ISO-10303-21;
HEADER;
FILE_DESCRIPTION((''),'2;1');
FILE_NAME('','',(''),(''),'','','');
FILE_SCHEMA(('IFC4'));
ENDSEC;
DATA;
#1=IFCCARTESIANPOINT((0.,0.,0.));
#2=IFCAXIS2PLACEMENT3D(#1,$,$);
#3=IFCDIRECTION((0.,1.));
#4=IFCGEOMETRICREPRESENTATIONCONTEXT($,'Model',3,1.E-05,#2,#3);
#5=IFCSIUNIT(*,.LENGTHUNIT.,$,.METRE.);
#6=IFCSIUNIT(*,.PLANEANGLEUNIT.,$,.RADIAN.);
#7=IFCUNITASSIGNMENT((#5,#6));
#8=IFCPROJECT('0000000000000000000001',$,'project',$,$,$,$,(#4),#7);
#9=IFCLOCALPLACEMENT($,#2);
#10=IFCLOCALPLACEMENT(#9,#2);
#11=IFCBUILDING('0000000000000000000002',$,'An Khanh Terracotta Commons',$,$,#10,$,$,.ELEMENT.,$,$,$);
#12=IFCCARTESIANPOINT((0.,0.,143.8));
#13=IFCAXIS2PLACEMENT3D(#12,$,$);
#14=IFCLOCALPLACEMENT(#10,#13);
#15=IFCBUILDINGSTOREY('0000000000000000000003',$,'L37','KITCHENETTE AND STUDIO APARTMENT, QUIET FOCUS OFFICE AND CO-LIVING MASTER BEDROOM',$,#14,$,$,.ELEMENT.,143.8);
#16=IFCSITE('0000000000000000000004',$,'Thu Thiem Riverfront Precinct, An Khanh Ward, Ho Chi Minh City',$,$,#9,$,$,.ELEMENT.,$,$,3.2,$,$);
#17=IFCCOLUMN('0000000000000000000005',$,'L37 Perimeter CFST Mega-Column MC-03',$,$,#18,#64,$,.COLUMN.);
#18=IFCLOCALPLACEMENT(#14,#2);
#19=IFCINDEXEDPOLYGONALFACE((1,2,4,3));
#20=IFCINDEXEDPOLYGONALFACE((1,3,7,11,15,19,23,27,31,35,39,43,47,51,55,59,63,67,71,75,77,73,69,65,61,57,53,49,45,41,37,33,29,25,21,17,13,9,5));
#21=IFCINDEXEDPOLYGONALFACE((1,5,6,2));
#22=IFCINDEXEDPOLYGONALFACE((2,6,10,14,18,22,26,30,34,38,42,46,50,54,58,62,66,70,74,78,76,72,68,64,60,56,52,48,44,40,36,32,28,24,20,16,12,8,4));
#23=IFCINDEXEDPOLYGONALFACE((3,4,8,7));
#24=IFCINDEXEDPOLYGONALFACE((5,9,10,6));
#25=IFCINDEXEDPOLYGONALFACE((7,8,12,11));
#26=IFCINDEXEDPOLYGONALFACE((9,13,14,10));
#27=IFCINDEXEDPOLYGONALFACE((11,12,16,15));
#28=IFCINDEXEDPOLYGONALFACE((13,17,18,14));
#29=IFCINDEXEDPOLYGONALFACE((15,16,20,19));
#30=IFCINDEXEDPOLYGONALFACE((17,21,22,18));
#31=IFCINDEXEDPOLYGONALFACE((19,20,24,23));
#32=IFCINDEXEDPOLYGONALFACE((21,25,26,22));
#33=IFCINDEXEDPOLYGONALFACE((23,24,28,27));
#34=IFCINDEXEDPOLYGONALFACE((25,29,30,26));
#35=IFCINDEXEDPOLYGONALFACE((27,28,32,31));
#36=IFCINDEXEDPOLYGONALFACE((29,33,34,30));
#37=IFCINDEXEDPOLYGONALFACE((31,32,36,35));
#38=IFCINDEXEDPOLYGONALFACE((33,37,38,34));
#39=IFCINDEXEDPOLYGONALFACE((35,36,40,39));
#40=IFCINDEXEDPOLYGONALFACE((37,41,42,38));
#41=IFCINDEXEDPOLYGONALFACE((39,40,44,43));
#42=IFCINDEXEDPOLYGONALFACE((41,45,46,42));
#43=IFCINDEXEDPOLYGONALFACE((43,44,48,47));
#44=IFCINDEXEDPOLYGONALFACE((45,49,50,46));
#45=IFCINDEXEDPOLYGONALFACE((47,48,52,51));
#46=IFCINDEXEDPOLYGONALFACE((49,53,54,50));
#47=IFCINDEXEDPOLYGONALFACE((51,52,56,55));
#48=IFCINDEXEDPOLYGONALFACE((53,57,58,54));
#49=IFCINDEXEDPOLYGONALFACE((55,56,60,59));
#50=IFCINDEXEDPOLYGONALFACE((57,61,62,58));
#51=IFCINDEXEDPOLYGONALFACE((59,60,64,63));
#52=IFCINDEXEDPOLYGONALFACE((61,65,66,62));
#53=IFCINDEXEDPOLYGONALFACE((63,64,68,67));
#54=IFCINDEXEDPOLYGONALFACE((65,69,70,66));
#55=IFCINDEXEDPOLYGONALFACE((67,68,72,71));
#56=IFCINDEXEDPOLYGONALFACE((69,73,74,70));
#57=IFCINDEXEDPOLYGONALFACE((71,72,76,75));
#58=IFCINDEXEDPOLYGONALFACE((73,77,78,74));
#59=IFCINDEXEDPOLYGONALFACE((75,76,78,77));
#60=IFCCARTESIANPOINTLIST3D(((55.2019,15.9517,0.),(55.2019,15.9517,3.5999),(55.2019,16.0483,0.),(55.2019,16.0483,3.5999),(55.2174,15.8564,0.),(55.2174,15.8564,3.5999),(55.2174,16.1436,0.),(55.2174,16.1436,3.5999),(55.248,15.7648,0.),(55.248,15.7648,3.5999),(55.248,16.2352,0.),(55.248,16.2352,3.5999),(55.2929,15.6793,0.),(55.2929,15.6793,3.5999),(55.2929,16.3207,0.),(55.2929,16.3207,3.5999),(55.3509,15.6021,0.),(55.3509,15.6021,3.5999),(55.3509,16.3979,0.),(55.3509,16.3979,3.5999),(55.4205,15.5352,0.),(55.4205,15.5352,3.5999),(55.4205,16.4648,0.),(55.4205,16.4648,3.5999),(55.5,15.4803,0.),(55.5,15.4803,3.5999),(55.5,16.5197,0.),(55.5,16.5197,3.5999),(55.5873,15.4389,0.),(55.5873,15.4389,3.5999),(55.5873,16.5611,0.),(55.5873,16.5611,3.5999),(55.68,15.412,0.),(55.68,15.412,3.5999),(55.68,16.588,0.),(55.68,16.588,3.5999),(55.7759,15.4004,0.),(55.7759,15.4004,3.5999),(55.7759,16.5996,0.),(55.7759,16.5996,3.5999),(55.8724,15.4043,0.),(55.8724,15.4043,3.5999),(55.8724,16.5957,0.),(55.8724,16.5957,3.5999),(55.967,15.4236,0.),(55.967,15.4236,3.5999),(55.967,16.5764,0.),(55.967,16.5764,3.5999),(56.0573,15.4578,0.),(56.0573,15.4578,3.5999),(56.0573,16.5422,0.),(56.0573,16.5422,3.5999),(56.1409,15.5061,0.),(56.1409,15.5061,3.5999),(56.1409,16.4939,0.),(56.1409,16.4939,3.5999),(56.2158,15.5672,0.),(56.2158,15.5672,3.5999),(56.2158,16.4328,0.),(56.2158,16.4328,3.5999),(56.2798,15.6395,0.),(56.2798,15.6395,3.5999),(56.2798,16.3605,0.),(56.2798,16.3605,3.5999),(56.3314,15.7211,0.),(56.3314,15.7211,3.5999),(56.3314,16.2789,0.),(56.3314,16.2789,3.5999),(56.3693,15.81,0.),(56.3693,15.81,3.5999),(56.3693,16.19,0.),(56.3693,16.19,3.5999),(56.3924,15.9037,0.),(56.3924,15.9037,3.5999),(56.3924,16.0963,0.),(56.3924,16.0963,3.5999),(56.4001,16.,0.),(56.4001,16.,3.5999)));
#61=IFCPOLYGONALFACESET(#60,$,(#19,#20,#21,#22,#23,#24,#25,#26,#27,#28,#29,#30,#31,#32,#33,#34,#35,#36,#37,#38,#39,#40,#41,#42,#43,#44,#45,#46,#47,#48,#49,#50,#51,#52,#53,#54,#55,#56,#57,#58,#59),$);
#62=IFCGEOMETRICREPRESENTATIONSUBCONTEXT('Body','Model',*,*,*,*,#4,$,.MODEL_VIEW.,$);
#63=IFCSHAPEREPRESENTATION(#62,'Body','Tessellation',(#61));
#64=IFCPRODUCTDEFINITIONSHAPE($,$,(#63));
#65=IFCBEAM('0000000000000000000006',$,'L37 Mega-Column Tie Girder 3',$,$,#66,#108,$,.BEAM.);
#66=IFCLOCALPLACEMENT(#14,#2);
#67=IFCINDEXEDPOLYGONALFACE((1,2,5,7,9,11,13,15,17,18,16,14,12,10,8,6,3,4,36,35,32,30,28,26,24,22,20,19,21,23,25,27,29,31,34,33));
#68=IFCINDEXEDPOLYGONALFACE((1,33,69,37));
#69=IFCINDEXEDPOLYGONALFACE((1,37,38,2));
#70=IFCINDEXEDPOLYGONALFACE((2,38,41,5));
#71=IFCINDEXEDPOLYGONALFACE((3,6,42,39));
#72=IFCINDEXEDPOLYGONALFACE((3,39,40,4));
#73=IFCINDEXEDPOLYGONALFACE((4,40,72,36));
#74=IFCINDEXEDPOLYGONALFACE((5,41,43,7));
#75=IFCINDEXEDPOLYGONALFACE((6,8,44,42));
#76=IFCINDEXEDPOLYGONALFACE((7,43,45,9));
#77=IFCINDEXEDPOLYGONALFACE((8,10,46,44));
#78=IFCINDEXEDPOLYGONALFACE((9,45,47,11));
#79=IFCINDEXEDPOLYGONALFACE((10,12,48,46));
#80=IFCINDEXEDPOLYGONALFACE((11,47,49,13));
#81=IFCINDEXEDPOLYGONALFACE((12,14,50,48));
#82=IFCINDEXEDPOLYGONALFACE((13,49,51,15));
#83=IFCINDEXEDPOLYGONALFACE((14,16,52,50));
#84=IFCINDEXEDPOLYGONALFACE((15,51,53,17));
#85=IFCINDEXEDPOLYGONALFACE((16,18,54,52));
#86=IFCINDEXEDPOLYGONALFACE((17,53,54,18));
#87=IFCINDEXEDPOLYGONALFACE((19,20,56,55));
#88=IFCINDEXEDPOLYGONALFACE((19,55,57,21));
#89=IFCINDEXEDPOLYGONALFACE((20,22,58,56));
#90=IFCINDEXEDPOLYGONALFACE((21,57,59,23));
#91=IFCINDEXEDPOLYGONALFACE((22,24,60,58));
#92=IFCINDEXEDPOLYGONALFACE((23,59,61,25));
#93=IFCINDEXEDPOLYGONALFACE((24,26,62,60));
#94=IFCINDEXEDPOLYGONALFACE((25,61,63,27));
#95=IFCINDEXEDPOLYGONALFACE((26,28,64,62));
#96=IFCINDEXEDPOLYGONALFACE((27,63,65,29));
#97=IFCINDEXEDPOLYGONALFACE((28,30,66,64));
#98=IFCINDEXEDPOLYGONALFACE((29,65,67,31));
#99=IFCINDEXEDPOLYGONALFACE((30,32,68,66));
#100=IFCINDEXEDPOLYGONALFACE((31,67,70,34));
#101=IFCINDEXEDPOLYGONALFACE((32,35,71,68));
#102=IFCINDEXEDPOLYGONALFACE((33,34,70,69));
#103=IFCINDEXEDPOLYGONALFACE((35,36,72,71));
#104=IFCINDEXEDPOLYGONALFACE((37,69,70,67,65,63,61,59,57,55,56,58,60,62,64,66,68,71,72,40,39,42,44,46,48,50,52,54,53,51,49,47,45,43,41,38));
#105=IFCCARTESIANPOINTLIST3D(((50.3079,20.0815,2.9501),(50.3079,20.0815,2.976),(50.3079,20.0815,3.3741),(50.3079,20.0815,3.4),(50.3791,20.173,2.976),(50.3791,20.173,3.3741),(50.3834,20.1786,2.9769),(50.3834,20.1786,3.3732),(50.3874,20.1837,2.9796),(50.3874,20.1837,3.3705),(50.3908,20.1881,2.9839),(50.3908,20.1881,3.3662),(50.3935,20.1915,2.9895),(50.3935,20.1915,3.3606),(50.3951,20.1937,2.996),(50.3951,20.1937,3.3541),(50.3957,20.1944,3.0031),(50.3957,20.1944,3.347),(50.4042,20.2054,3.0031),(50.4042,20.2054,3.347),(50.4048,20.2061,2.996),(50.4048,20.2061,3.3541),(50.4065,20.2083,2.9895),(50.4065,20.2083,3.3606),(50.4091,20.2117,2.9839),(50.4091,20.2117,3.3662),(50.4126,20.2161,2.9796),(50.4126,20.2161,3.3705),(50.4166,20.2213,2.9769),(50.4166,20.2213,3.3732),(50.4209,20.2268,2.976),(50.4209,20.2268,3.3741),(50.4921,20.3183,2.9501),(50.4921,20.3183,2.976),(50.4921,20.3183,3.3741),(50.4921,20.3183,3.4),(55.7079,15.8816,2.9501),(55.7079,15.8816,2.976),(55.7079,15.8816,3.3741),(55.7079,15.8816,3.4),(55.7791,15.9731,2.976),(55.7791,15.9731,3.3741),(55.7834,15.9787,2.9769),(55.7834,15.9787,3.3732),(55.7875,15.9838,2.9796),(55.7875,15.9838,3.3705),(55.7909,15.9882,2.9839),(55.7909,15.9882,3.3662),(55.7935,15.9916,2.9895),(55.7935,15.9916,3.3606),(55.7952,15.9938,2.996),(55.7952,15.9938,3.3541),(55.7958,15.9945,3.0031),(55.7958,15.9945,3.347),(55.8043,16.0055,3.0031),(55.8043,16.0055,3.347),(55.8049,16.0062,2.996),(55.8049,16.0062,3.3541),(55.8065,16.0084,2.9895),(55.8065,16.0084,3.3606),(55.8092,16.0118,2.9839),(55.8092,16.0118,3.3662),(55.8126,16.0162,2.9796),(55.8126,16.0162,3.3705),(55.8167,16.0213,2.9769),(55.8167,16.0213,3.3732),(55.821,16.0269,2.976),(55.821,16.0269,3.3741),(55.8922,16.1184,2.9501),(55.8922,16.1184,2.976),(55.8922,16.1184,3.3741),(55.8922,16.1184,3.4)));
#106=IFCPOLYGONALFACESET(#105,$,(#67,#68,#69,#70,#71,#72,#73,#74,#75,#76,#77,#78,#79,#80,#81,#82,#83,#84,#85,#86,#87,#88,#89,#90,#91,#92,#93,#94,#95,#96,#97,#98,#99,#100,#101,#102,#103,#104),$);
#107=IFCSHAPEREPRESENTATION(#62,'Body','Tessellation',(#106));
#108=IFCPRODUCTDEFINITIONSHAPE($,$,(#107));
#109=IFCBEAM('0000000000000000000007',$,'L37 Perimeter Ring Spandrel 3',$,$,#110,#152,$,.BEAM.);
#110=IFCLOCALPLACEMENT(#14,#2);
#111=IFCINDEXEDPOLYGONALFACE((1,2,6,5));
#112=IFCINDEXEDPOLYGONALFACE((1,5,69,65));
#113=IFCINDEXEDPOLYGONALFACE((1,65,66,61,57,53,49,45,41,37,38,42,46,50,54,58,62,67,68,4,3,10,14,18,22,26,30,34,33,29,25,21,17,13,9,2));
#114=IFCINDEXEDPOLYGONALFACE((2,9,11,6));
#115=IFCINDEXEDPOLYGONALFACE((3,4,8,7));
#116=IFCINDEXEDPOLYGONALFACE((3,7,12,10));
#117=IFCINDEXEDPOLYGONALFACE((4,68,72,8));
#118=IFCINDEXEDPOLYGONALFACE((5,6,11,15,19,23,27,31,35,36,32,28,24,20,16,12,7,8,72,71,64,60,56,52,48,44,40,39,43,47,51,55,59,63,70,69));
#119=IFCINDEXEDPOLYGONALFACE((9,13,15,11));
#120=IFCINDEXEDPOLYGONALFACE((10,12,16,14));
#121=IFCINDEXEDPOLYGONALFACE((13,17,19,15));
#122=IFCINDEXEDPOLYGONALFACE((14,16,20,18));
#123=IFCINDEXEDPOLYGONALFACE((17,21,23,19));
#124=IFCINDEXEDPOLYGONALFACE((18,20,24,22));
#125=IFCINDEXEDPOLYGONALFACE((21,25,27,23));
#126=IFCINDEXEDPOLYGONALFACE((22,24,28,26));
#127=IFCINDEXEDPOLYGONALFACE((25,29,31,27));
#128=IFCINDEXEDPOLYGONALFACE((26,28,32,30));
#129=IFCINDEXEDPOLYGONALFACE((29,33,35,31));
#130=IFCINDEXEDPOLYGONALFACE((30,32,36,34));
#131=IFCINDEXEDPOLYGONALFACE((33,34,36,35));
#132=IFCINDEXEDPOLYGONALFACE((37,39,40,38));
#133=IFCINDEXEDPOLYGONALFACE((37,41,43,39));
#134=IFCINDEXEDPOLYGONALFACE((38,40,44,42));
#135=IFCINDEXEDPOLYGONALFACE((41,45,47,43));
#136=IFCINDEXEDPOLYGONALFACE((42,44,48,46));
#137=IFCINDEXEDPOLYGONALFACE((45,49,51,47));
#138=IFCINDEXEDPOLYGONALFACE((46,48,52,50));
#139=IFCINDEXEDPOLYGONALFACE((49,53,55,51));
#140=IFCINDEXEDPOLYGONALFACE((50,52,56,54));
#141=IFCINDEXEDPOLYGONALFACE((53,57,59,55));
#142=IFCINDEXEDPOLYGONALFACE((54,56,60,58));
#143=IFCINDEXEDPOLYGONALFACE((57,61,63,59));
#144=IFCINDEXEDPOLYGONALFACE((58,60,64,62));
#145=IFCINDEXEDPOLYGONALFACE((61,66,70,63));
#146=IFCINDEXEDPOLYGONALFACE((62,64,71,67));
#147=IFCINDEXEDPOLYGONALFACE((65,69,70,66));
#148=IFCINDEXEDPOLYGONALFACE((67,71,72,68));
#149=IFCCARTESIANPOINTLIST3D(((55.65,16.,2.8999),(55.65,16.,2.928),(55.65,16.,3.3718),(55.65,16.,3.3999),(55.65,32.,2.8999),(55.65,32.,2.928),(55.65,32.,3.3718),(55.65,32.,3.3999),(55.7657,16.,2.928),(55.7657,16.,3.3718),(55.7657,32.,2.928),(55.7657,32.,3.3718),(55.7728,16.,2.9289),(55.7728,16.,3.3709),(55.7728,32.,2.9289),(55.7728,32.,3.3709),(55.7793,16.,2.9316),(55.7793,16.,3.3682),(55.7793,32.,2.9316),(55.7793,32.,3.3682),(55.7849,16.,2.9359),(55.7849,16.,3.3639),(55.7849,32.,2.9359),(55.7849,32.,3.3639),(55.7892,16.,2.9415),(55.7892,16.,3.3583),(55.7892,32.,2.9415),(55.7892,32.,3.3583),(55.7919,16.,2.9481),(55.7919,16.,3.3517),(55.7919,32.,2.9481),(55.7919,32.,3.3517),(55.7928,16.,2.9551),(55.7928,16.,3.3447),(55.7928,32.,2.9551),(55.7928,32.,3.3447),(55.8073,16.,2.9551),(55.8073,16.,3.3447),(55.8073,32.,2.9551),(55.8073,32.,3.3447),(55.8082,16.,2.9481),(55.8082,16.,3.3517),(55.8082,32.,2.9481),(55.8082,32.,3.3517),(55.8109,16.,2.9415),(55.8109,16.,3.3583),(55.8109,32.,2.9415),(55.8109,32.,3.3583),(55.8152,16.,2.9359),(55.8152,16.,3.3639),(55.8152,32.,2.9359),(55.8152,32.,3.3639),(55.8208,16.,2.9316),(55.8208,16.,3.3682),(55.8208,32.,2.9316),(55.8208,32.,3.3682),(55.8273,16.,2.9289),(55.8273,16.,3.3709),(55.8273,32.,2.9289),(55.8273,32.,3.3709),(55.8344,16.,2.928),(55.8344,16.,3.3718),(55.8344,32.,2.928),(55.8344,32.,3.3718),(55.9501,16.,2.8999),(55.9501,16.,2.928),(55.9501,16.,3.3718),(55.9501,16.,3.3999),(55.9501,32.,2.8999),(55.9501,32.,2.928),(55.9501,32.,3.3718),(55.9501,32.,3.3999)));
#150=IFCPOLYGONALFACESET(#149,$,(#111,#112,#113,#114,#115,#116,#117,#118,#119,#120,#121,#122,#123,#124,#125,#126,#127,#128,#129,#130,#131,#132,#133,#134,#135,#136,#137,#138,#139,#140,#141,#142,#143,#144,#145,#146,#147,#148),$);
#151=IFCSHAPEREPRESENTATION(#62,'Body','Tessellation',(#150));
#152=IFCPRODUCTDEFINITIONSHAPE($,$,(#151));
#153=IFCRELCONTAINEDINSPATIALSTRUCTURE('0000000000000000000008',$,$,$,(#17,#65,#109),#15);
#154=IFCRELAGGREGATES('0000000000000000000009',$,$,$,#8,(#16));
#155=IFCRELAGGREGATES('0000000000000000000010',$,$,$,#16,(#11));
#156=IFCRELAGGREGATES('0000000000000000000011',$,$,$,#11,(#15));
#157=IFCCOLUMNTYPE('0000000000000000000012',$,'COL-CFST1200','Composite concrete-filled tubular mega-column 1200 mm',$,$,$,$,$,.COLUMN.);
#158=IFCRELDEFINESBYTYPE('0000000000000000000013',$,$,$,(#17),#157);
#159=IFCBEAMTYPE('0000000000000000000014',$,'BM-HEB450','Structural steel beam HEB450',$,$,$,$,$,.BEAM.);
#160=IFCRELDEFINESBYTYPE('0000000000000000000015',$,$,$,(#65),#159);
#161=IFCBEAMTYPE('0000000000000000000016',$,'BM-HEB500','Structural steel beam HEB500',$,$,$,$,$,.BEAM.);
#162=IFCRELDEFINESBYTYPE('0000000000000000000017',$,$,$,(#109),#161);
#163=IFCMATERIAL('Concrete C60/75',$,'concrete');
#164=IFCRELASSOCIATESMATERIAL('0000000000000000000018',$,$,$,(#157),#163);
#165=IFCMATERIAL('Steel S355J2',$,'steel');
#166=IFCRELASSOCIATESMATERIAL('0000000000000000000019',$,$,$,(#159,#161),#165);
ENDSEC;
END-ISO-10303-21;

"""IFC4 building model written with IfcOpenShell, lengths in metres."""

from ifc_helpers import new_model, si_unit, direction, frame, origin, origin_2d, place, context, subcontext, project, spatial, circle, i_section, extrude, material, material_profile, profile_set, type_object, element, save


model = new_model("IFC4")

# Units and contexts
model_context = context("Model", 3, precision=1e-05, world=origin(), true_north=direction((0.0, 1.0)))
body_context = subcontext(model_context, "Body", "Model", "MODEL_VIEW")
ifc_project = project(units=[si_unit("LENGTHUNIT", "METRE"), si_unit("PLANEANGLEUNIT", "RADIAN")], contexts=[model_context])

# Site, building, storey
site_placement = place(None, origin())
site = spatial("IfcSite", under=ifc_project, at=site_placement, Name="Thu Thiem Riverfront Precinct, An Khanh Ward, Ho Chi Minh City", CompositionType="ELEMENT", RefElevation=3.2)
building_placement = place(site_placement, origin())
building = spatial("IfcBuilding", under=site, at=building_placement, Name="An Khanh Terracotta Commons", CompositionType="ELEMENT")
storey_placement = place(building_placement, frame((0.0, 0.0, 143.8)))
storey = spatial("IfcBuildingStorey", under=building, at=storey_placement, Name="L37", Description="KITCHENETTE AND STUDIO APARTMENT, QUIET FOCUS OFFICE AND CO-LIVING MASTER BEDROOM", CompositionType="ELEMENT", Elevation=143.8)

# Column
ifc_material_1 = material(Name="Concrete C60/75", Category="concrete")
ifc_material_profile_1 = material_profile(ifc_material_1, circle(Radius=0.6001, at=origin_2d()), Name="CFST1200")
ifc_profile_set_1 = profile_set([ifc_material_profile_1], Name="Concrete C60/75")
column_type = type_object("IfcColumnType", Name="COL-CFST1200", Description="Composite concrete-filled tubular mega-column 1200 mm", PredefinedType="COLUMN", material=ifc_profile_set_1)
column_placement = place(storey_placement, frame((55.8, 16.0, 0.0), z_axis=(0.0, 0.0, 1.0), x_axis=(1.0, 0.0, 0.0)))
element("IfcColumn", 1, at=column_placement, inside=storey, type_object=column_type, Name="L37 Perimeter CFST Mega-Column MC-03", PredefinedType="COLUMN", context=body_context, shape_type="SweptSolid", body=[
    extrude(circle(Radius=0.6001, at=origin_2d()), origin(), (0.0, 0.0, 1.0), 3.5999),
])

# Beams
ifc_material_2 = material(Name="Steel S355J2", Category="steel")
ifc_material_profile_2 = material_profile(ifc_material_2, i_section(OverallWidth=0.3, OverallDepth=0.45, WebThickness=0.0139, FlangeThickness=0.0259, FilletRadius=0.0271, at=origin_2d()), Name="HEB450")
ifc_profile_set_2 = profile_set([ifc_material_profile_2], Name="Steel S355J2")
beam_type_1 = type_object("IfcBeamType", Name="BM-HEB450", Description="Structural steel beam HEB450", PredefinedType="BEAM", material=ifc_profile_set_2)
beam_1_placement = place(storey_placement, frame((55.8, 16.0, 3.175), z_axis=(-0.789364, 0.613926, 0.0), x_axis=(-0.613926, -0.789364, 0.0)))
element("IfcBeam", 2, at=beam_1_placement, inside=storey, type_object=beam_type_1, Name="L37 Mega-Column Tie Girder 3", PredefinedType="BEAM", context=body_context, shape_type="SweptSolid", body=[
    extrude(i_section(OverallWidth=0.3, OverallDepth=0.45, WebThickness=0.0139, FlangeThickness=0.0259, FilletRadius=0.0271, at=origin_2d()), origin(), (0.0, 0.0, 1.0), 6.8411),
])
ifc_material_profile_3 = material_profile(ifc_material_2, i_section(OverallWidth=0.3, OverallDepth=0.5, WebThickness=0.0144, FlangeThickness=0.0281, FilletRadius=0.0271, at=origin_2d()), Name="HEB500")
ifc_profile_set_3 = profile_set([ifc_material_profile_3], Name="Steel S355J2")
beam_type_2 = type_object("IfcBeamType", Name="BM-HEB500", Description="Structural steel beam HEB500", PredefinedType="BEAM", material=ifc_profile_set_3)
beam_2_placement = place(storey_placement, frame((55.8, 16.0, 3.1499), z_axis=(0.0, 1.0, 0.0), x_axis=(-1.0, 0.0, 0.0)))
element("IfcBeam", 3, at=beam_2_placement, inside=storey, type_object=beam_type_2, Name="L37 Perimeter Ring Spandrel 3", PredefinedType="BEAM", context=body_context, shape_type="SweptSolid", body=[
    extrude(i_section(OverallWidth=0.3, OverallDepth=0.5, WebThickness=0.0144, FlangeThickness=0.0281, FilletRadius=0.0271, at=origin_2d()), origin(), (0.0, 0.0, 1.0), 16.0),
])

save(model, "model.ifc")
